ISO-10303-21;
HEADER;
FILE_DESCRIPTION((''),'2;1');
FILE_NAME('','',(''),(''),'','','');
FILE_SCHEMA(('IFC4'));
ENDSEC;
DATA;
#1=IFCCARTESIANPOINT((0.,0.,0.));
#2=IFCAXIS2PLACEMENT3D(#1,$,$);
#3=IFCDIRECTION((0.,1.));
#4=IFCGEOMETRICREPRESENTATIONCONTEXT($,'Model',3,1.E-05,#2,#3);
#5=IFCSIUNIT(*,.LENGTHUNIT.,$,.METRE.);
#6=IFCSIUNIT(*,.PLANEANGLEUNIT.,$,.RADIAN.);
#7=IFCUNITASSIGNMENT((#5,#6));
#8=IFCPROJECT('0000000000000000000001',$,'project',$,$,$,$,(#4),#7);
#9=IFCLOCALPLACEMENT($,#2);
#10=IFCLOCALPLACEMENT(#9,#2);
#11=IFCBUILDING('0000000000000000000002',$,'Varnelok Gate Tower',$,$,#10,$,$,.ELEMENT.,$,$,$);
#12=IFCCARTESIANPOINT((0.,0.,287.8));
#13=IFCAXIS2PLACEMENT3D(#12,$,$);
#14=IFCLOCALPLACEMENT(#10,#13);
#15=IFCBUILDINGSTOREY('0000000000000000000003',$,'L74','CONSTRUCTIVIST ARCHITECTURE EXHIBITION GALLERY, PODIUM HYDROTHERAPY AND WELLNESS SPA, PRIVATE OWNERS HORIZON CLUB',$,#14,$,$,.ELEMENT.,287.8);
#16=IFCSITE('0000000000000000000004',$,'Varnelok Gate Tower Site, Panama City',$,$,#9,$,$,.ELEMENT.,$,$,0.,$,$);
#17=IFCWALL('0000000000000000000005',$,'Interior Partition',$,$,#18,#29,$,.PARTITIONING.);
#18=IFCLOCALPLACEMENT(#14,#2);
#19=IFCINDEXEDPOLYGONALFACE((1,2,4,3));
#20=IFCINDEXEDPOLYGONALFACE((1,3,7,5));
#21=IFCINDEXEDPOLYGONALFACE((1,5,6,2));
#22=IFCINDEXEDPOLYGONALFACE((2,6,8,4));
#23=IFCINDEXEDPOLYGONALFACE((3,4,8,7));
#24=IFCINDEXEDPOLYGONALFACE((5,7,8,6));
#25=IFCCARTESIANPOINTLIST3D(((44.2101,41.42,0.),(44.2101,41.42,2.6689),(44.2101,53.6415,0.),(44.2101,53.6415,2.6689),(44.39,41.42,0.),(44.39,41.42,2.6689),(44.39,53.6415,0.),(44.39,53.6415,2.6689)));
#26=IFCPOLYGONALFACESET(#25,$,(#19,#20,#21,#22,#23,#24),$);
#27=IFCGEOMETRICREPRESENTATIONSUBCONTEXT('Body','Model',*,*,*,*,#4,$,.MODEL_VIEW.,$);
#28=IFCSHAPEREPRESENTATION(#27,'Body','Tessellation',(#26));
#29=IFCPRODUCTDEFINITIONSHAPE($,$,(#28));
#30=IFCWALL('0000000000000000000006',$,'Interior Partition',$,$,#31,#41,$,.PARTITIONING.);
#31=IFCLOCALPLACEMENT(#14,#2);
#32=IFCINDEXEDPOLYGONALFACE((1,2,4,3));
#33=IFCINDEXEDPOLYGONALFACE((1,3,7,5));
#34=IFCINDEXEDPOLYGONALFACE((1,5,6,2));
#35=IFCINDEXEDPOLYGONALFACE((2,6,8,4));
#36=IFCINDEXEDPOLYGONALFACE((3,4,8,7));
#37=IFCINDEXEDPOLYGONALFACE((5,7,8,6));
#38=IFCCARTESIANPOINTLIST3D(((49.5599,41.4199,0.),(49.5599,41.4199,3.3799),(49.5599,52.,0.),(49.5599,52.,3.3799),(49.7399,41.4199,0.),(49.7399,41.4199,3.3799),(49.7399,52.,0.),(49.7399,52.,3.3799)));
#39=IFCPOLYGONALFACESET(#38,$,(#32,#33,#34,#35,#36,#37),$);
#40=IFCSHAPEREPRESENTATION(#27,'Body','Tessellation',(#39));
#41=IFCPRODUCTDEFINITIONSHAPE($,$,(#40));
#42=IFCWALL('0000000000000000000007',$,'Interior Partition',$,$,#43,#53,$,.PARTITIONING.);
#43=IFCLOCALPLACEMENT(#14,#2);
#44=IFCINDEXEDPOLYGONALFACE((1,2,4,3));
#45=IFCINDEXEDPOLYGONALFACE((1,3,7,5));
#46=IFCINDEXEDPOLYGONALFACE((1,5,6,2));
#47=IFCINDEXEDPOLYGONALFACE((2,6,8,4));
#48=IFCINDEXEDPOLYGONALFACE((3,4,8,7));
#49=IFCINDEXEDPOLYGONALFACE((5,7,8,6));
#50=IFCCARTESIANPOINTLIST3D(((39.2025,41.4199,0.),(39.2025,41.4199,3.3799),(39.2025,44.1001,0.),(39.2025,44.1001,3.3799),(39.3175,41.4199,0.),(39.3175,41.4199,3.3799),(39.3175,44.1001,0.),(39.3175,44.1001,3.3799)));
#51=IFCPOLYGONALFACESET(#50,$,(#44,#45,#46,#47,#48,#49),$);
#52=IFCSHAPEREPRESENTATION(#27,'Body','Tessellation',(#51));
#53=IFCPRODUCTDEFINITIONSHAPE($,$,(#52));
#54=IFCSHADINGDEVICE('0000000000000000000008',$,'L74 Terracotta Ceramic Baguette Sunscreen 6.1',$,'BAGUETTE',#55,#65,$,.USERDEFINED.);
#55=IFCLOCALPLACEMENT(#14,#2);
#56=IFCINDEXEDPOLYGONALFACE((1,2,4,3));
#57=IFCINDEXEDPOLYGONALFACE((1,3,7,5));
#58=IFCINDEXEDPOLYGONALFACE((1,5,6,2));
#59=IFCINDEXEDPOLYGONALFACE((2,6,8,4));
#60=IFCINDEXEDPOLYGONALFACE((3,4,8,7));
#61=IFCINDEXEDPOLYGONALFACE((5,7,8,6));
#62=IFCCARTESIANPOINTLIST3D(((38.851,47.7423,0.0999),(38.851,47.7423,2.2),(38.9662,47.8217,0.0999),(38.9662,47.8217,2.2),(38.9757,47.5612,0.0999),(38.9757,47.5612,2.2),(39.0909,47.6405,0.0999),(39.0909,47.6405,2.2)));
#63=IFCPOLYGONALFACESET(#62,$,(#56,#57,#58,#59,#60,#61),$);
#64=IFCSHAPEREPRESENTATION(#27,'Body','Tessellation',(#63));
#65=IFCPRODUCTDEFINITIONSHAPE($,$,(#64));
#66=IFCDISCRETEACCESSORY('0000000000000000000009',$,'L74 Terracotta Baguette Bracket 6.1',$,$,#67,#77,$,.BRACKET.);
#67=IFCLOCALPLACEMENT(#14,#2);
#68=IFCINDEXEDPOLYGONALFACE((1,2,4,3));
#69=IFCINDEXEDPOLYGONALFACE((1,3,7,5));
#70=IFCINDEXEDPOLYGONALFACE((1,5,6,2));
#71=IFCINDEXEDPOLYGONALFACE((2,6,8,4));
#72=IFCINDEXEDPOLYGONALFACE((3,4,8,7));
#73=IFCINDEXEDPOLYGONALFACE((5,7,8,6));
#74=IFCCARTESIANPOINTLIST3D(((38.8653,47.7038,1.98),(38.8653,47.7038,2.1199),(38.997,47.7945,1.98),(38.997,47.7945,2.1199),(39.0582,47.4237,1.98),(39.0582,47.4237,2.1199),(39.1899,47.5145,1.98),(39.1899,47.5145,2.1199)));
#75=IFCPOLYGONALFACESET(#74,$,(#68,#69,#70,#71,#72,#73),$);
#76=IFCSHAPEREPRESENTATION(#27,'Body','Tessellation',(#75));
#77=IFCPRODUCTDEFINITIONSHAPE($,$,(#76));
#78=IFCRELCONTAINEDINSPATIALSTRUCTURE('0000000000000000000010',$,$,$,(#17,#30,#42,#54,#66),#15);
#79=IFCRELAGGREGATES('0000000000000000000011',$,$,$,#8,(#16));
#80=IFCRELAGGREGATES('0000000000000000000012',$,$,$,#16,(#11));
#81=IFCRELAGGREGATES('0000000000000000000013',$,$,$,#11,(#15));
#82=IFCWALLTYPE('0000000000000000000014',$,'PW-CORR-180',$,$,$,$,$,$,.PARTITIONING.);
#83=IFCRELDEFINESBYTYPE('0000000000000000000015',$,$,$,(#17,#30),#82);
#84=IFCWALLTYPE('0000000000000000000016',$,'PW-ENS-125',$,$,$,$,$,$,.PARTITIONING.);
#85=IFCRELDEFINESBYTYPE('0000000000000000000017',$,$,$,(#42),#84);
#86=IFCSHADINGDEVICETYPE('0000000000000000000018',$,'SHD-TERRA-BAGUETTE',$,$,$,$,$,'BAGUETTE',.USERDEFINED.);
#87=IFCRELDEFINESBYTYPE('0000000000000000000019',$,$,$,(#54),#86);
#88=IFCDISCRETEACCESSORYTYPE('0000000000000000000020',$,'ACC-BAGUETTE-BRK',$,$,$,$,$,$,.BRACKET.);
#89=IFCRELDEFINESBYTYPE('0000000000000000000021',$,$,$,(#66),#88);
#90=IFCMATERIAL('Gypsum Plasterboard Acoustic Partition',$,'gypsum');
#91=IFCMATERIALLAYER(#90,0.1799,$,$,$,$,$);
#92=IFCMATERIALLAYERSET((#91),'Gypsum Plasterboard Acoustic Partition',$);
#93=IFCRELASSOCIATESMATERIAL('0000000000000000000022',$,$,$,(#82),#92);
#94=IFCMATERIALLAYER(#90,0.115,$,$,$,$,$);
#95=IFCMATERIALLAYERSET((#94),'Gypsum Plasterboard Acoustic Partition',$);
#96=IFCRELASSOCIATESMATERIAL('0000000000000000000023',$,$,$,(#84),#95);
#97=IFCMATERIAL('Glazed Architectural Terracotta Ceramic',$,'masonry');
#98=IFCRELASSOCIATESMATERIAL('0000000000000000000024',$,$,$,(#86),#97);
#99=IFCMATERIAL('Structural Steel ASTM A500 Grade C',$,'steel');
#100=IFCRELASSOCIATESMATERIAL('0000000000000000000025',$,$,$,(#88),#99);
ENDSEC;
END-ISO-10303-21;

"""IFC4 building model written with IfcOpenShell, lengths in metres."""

from ifc_helpers import new_model, si_unit, direction, frame, frame_2d, origin, origin_2d, place, context, subcontext, project, spatial, rectangle, extrude, source, transform, mapped, material, layer, layer_set, type_object, element, save


model = new_model("IFC4")

# Units and contexts
model_context = context("Model", 3, precision=1e-05, world=origin(), true_north=direction((0.0, 1.0)))
body_context = subcontext(model_context, "Body", "Model", "MODEL_VIEW")
ifc_project = project(units=[si_unit("LENGTHUNIT", "METRE"), si_unit("PLANEANGLEUNIT", "RADIAN")], contexts=[model_context])

# Site, building, storey
site_placement = place(None, origin())
site = spatial("IfcSite", under=ifc_project, at=site_placement, Name="Varnelok Gate Tower Site, Panama City", CompositionType="ELEMENT", RefElevation=0.0)
building_placement = place(site_placement, origin())
building = spatial("IfcBuilding", under=site, at=building_placement, Name="Varnelok Gate Tower", CompositionType="ELEMENT")
storey_placement = place(building_placement, frame((0.0, 0.0, 287.8)))
storey = spatial("IfcBuildingStorey", under=building, at=storey_placement, Name="L74", Description="CONSTRUCTIVIST ARCHITECTURE EXHIBITION GALLERY, PODIUM HYDROTHERAPY AND WELLNESS SPA, PRIVATE OWNERS HORIZON CLUB", CompositionType="ELEMENT", Elevation=287.8)

# Walls
ifc_material_1 = material(Name="Gypsum Plasterboard Acoustic Partition", Category="gypsum")
ifc_layer_1 = layer(ifc_material_1, 0.1799)
ifc_layer_set_1 = layer_set([ifc_layer_1], Name="Gypsum Plasterboard Acoustic Partition")
wall_type_1 = type_object("IfcWallType", Name="PW-CORR-180", PredefinedType="PARTITIONING", material=ifc_layer_set_1)
wall_1_placement = place(storey_placement, frame((44.3, 41.4199, 0.0), z_axis=(0.0, 0.0, 1.0), x_axis=(0.0, 1.0, 0.0)))
element("IfcWall", 1, at=wall_1_placement, inside=storey, type_object=wall_type_1, Name="Interior Partition", PredefinedType="PARTITIONING", context=body_context, shape_type="SweptSolid", body=[
    extrude(rectangle(XDim=12.2214, YDim=0.1799, at=frame_2d((6.1108, 0.0))), origin(), (0.0, 0.0, 1.0), 2.6689),
])
wall_2_placement = place(storey_placement, frame((49.6499, 41.4199, 0.0), z_axis=(0.0, 0.0, 1.0), x_axis=(0.0, 1.0, 0.0)))
element("IfcWall", 2, at=wall_2_placement, inside=storey, type_object=wall_type_1, Name="Interior Partition", PredefinedType="PARTITIONING", context=body_context, shape_type="SweptSolid", body=[
    extrude(rectangle(XDim=10.5801, YDim=0.1799, at=frame_2d((5.29, 0.0))), origin(), (0.0, 0.0, 1.0), 3.3799),
])
ifc_layer_2 = layer(ifc_material_1, 0.115)
ifc_layer_set_2 = layer_set([ifc_layer_2], Name="Gypsum Plasterboard Acoustic Partition")
wall_type_2 = type_object("IfcWallType", Name="PW-ENS-125", PredefinedType="PARTITIONING", material=ifc_layer_set_2)
wall_3_placement = place(storey_placement, frame((39.26, 41.4199, 0.0), z_axis=(0.0, 0.0, 1.0), x_axis=(0.0, 1.0, 0.0)))
element("IfcWall", 3, at=wall_3_placement, inside=storey, type_object=wall_type_2, Name="Interior Partition", PredefinedType="PARTITIONING", context=body_context, shape_type="SweptSolid", body=[
    extrude(rectangle(XDim=2.6802, YDim=0.115, at=frame_2d((1.3401, 0.0))), origin(), (0.0, 0.0, 1.0), 3.3799),
])

# Shading device
ifc_material_2 = material(Name="Glazed Architectural Terracotta Ceramic", Category="masonry")
shading_device_type = type_object("IfcShadingDeviceType", Name="SHD-TERRA-BAGUETTE", ElementType="BAGUETTE", PredefinedType="USERDEFINED", material=ifc_material_2)
shared_shape_1 = source(origin(), body_context, "Body", "SweptSolid", [
    extrude(rectangle(XDim=0.1399, YDim=0.22, at=origin_2d()), origin(), (0.0, 0.0, 1.0), 2.1001),
])
shading_device_placement = place(storey_placement, frame((38.9709, 47.6914, 0.0999), z_axis=(0.0, 0.0, 1.0), x_axis=(0.823533, 0.567269, 0.0)))
element("IfcShadingDevice", 4, at=shading_device_placement, inside=storey, type_object=shading_device_type, Name="L74 Terracotta Ceramic Baguette Sunscreen 6.1", ObjectType="BAGUETTE", PredefinedType="USERDEFINED", context=body_context, shape_type="MappedRepresentation", body=[
    mapped(shared_shape_1, transform((0.0, 0.0, 0.0), scale=1.0)),
])

# Discrete accessory
ifc_material_3 = material(Name="Structural Steel ASTM A500 Grade C", Category="steel")
discrete_accessory_type = type_object("IfcDiscreteAccessoryType", Name="ACC-BAGUETTE-BRK", PredefinedType="BRACKET", material=ifc_material_3)
shared_shape_2 = source(origin(), body_context, "Body", "SweptSolid", [
    extrude(rectangle(XDim=0.1599, YDim=0.3401, at=origin_2d()), origin(), (0.0, 0.0, 1.0), 0.1399),
])
discrete_accessory_placement = place(storey_placement, frame((39.0276, 47.6091, 1.98), z_axis=(0.0, 0.0, 1.0), x_axis=(0.823533, 0.567269, 0.0)))
element("IfcDiscreteAccessory", 5, at=discrete_accessory_placement, inside=storey, type_object=discrete_accessory_type, Name="L74 Terracotta Baguette Bracket 6.1", PredefinedType="BRACKET", context=body_context, shape_type="MappedRepresentation", body=[
    mapped(shared_shape_2, transform((0.0, 0.0, 0.0), scale=1.0)),
])

save(model, "model.ifc")
